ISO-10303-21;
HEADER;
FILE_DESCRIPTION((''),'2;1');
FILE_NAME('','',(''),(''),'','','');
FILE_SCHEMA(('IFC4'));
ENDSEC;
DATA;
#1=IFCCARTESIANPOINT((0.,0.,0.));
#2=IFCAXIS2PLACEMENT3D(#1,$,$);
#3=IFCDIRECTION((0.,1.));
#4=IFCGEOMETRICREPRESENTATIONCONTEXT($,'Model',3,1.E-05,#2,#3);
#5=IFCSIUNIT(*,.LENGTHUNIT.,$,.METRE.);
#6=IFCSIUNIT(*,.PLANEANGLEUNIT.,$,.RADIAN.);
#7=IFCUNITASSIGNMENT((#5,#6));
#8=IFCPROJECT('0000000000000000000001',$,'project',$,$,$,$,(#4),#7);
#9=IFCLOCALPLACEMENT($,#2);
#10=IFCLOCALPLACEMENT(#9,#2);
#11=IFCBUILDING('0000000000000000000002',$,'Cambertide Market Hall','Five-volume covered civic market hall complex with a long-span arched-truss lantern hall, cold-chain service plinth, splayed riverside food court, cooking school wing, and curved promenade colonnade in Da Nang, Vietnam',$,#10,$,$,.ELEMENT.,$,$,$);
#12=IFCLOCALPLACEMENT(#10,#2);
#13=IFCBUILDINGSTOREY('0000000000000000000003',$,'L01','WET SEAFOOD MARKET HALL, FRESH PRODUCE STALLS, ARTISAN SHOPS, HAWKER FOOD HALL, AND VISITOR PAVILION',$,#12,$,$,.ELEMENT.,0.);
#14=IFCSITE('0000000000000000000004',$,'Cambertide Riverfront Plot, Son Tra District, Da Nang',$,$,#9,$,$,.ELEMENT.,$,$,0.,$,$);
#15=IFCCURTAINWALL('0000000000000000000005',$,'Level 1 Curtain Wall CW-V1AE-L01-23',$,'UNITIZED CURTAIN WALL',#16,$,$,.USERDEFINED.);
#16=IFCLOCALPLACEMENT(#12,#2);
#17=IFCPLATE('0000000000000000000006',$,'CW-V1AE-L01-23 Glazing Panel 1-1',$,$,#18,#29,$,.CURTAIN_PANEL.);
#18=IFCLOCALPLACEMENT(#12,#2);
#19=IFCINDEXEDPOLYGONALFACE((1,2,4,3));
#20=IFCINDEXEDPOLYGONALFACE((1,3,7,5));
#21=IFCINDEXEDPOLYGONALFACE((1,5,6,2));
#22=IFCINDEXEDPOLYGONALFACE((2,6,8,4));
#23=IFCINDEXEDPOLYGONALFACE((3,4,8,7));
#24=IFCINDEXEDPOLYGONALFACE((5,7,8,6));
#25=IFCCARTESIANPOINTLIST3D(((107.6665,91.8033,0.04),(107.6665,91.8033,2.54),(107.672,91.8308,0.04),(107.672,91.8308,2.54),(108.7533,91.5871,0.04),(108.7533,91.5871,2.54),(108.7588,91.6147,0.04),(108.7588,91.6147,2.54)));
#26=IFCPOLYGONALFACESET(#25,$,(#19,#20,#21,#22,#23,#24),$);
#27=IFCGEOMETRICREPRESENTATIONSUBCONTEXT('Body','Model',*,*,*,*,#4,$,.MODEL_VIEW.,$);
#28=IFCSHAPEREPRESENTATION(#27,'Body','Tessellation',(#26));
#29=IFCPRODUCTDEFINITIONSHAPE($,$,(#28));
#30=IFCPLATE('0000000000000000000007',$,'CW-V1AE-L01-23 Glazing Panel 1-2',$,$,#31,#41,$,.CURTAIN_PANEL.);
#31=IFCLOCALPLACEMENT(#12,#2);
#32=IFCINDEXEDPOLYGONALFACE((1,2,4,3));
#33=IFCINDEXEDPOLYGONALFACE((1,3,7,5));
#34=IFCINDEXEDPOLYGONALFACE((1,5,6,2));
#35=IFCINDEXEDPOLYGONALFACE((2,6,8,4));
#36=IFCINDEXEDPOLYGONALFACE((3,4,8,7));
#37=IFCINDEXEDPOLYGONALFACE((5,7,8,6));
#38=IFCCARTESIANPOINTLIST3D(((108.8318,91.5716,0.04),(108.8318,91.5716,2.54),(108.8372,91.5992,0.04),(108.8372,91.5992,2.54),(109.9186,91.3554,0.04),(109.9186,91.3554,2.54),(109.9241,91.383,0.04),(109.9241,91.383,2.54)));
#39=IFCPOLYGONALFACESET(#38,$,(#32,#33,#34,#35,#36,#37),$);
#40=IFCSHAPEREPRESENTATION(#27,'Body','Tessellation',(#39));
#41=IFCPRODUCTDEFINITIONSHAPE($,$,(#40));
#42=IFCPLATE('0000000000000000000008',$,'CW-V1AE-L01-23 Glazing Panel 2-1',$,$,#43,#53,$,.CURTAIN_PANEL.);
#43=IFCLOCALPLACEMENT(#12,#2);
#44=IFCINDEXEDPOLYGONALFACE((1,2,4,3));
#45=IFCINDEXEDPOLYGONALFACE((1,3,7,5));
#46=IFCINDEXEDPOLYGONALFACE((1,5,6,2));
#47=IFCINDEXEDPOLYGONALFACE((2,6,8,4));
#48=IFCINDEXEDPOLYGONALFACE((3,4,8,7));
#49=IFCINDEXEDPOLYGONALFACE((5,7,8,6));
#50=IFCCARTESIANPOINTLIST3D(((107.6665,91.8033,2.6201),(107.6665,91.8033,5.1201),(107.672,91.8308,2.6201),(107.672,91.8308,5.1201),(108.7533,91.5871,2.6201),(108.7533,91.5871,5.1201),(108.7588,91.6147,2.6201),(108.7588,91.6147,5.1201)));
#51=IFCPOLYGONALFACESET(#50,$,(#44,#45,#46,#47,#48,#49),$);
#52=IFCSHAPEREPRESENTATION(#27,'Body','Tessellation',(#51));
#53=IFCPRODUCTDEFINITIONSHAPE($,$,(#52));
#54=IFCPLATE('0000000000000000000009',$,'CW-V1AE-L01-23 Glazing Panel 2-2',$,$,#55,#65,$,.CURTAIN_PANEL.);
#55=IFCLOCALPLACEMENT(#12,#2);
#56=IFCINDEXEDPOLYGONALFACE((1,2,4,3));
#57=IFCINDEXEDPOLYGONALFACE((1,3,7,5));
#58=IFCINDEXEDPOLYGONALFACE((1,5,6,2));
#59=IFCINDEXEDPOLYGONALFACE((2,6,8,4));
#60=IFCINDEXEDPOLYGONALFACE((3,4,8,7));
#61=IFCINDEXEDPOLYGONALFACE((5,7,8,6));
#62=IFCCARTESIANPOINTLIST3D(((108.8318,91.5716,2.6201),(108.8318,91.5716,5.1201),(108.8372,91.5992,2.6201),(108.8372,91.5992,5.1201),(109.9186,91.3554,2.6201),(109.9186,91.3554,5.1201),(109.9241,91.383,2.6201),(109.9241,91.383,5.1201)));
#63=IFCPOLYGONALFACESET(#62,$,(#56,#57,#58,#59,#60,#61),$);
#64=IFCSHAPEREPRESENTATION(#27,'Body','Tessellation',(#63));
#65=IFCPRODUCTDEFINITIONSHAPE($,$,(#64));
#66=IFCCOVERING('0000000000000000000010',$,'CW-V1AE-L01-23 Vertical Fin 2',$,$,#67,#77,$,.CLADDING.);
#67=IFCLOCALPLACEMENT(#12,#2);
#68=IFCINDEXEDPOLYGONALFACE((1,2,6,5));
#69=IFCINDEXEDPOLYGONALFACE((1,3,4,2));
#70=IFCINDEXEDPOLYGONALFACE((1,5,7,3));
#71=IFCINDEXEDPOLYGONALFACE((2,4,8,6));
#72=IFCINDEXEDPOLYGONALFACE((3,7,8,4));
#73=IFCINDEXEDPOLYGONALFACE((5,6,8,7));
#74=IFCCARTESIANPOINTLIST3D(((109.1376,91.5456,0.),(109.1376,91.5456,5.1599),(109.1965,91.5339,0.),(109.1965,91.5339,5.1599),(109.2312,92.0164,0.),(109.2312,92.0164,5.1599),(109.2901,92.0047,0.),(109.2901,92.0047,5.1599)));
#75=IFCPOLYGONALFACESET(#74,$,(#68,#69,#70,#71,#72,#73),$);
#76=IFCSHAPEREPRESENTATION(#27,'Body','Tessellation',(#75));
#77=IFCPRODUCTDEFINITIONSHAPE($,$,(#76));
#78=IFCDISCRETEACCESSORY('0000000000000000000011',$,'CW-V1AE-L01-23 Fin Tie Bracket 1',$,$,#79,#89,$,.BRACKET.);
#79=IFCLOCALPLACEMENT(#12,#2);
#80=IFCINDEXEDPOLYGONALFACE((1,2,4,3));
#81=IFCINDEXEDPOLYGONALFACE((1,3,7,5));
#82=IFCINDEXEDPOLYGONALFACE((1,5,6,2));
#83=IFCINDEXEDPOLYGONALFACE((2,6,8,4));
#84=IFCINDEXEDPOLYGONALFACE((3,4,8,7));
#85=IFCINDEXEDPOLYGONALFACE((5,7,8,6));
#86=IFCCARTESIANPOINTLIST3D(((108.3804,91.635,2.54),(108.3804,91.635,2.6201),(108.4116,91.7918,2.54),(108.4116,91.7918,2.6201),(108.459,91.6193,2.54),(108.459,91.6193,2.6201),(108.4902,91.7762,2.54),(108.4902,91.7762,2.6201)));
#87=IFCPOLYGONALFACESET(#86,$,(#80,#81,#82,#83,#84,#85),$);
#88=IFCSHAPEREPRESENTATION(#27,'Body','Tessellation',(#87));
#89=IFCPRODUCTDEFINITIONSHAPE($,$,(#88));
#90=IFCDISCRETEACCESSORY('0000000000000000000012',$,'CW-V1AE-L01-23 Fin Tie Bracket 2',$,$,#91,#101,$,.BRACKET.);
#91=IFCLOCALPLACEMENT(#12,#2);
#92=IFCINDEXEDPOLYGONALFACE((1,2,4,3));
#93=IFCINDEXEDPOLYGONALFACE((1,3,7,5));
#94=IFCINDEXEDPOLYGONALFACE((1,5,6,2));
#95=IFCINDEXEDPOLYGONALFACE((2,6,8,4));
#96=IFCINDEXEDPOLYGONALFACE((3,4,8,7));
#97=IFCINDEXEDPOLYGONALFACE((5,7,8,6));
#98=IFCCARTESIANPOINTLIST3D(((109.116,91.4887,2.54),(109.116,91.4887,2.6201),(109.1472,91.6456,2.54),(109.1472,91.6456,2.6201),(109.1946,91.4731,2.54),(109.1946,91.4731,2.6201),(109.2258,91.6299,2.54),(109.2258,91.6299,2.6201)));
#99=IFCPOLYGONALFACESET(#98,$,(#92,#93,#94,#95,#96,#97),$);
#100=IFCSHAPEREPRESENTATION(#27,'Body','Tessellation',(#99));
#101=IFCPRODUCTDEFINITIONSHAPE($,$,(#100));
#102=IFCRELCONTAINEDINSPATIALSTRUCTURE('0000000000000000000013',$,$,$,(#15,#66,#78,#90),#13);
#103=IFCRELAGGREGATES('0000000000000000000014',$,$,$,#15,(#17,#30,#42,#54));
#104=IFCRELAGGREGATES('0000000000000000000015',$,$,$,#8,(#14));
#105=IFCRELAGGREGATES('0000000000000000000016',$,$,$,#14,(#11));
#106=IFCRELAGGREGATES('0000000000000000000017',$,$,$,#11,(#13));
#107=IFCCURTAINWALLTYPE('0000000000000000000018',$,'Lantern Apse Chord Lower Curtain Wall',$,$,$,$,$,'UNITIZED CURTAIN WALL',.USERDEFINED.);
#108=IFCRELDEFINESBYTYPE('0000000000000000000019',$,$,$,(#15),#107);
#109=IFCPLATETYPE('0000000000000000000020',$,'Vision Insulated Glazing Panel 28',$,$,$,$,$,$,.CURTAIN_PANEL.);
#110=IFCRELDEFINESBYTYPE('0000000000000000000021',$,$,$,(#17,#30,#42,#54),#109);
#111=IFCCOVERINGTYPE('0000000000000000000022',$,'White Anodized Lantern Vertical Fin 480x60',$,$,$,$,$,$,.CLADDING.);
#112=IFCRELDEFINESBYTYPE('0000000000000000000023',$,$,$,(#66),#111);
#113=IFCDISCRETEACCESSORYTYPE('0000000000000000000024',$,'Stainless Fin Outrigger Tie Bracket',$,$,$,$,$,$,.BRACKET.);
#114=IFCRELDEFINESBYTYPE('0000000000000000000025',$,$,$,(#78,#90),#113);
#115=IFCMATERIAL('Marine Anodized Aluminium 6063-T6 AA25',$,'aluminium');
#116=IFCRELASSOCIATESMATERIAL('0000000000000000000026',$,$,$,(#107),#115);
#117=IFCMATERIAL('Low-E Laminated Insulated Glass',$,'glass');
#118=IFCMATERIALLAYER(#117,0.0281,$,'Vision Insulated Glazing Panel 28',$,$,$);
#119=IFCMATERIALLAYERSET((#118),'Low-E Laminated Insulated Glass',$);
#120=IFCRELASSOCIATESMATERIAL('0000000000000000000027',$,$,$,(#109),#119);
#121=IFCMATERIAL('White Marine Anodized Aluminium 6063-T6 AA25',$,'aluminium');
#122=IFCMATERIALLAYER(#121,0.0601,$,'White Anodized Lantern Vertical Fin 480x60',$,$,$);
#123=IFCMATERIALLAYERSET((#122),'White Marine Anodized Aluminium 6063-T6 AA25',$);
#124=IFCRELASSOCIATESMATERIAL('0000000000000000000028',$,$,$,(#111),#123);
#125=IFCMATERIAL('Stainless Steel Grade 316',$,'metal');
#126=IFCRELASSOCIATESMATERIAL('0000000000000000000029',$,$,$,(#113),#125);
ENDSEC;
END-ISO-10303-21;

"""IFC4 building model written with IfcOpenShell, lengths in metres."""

from ifc_helpers import new_model, si_unit, direction, frame, origin, origin_2d, place, context, subcontext, project, spatial, rectangle, extrude, material, layer, layer_set, type_object, element, aggregate, save


model = new_model("IFC4")

# Units and contexts
model_context = context("Model", 3, precision=1e-05, world=origin(), true_north=direction((0.0, 1.0)))
body_context = subcontext(model_context, "Body", "Model", "MODEL_VIEW")
ifc_project = project(units=[si_unit("LENGTHUNIT", "METRE"), si_unit("PLANEANGLEUNIT", "RADIAN")], contexts=[model_context])

# Site, building, storey
site_placement = place(None, origin())
site = spatial("IfcSite", under=ifc_project, at=site_placement, Name="Cambertide Riverfront Plot, Son Tra District, Da Nang", CompositionType="ELEMENT", RefElevation=0.0)
building_placement = place(site_placement, origin())
building = spatial("IfcBuilding", under=site, at=building_placement, Name="Cambertide Market Hall", Description="Five-volume covered civic market hall complex with a long-span arched-truss lantern hall, cold-chain service plinth, splayed riverside food court, cooking school wing, and curved promenade colonnade in Da Nang, Vietnam", CompositionType="ELEMENT")
storey_placement = place(building_placement, origin())
storey = spatial("IfcBuildingStorey", under=building, at=storey_placement, Name="L01", Description="WET SEAFOOD MARKET HALL, FRESH PRODUCE STALLS, ARTISAN SHOPS, HAWKER FOOD HALL, AND VISITOR PAVILION", CompositionType="ELEMENT", Elevation=0.0)

# Shared definitions
ifc_material_1 = material(Name="Marine Anodized Aluminium 6063-T6 AA25", Category="aluminium")
curtain_wall_type = type_object("IfcCurtainWallType", Name="Lantern Apse Chord Lower Curtain Wall", ElementType="UNITIZED CURTAIN WALL", PredefinedType="USERDEFINED", material=ifc_material_1)

# Curtain wall
curtain_wall_1_placement = place(storey_placement, origin())
curtain_wall_1 = element("IfcCurtainWall", 1, at=curtain_wall_1_placement, inside=storey, type_object=curtain_wall_type, Name="Level 1 Curtain Wall CW-V1AE-L01-23", ObjectType="UNITIZED CURTAIN WALL", PredefinedType="USERDEFINED")

# Plates
ifc_material_2 = material(Name="Low-E Laminated Insulated Glass", Category="glass")
ifc_layer_1 = layer(ifc_material_2, 0.0281, Name="Vision Insulated Glazing Panel 28")
ifc_layer_set_1 = layer_set([ifc_layer_1], Name="Low-E Laminated Insulated Glass")
plate_type = type_object("IfcPlateType", Name="Vision Insulated Glazing Panel 28", PredefinedType="CURTAIN_PANEL", material=ifc_layer_set_1)
plate_1_placement = place(storey_placement, frame((108.2126, 91.709, 0.04), z_axis=(0.0, 0.0, 1.0), x_axis=(0.980785, -0.19509, 0.0)))
plate_1 = element("IfcPlate", 2, at=plate_1_placement, type_object=plate_type, Name="CW-V1AE-L01-23 Glazing Panel 1-1", PredefinedType="CURTAIN_PANEL", context=body_context, shape_type="SweptSolid", body=[
    extrude(rectangle(XDim=1.1082, YDim=0.0281, at=origin_2d()), origin(), (0.0, 0.0, 1.0), 2.5),
])
plate_2_placement = place(storey_placement, frame((109.3779, 91.4773, 0.04), z_axis=(0.0, 0.0, 1.0), x_axis=(0.980785, -0.19509, 0.0)))
plate_2 = element("IfcPlate", 3, at=plate_2_placement, type_object=plate_type, Name="CW-V1AE-L01-23 Glazing Panel 1-2", PredefinedType="CURTAIN_PANEL", context=body_context, shape_type="SweptSolid", body=[
    extrude(rectangle(XDim=1.1082, YDim=0.0281, at=origin_2d()), origin(), (0.0, 0.0, 1.0), 2.5),
])
plate_3_placement = place(storey_placement, frame((108.2126, 91.709, 2.6201), z_axis=(0.0, 0.0, 1.0), x_axis=(0.980785, -0.19509, 0.0)))
plate_3 = element("IfcPlate", 4, at=plate_3_placement, type_object=plate_type, Name="CW-V1AE-L01-23 Glazing Panel 2-1", PredefinedType="CURTAIN_PANEL", context=body_context, shape_type="SweptSolid", body=[
    extrude(rectangle(XDim=1.1082, YDim=0.0281, at=origin_2d()), origin(), (0.0, 0.0, 1.0), 2.5),
])
plate_4_placement = place(storey_placement, frame((109.3779, 91.4773, 2.6201), z_axis=(0.0, 0.0, 1.0), x_axis=(0.980785, -0.19509, 0.0)))
plate_4 = element("IfcPlate", 5, at=plate_4_placement, type_object=plate_type, Name="CW-V1AE-L01-23 Glazing Panel 2-2", PredefinedType="CURTAIN_PANEL", context=body_context, shape_type="SweptSolid", body=[
    extrude(rectangle(XDim=1.1082, YDim=0.0281, at=origin_2d()), origin(), (0.0, 0.0, 1.0), 2.5),
])
aggregate(curtain_wall_1, [plate_1, plate_2, plate_3, plate_4])

# Covering
ifc_material_3 = material(Name="White Marine Anodized Aluminium 6063-T6 AA25", Category="aluminium")
ifc_layer_2 = layer(ifc_material_3, 0.0601, Name="White Anodized Lantern Vertical Fin 480x60")
ifc_layer_set_2 = layer_set([ifc_layer_2], Name="White Marine Anodized Aluminium 6063-T6 AA25")
covering_type = type_object("IfcCoveringType", Name="White Anodized Lantern Vertical Fin 480x60", PredefinedType="CLADDING", material=ifc_layer_set_2)
covering_placement = place(storey_placement, frame((109.2139, 91.7751, 0.0), z_axis=(0.0, 0.0, 1.0), x_axis=(0.980785, -0.19509, 0.0)))
element("IfcCovering", 6, at=covering_placement, inside=storey, type_object=covering_type, Name="CW-V1AE-L01-23 Vertical Fin 2", PredefinedType="CLADDING", context=body_context, shape_type="SweptSolid", body=[
    extrude(rectangle(XDim=0.0601, YDim=0.48, at=origin_2d()), origin(), (0.0, 0.0, 1.0), 5.1599),
])

# Discrete accessories
ifc_material_4 = material(Name="Stainless Steel Grade 316", Category="metal")
discrete_accessory_type = type_object("IfcDiscreteAccessoryType", Name="Stainless Fin Outrigger Tie Bracket", PredefinedType="BRACKET", material=ifc_material_4)
for number, where, z_axis, x_axis, name in (
    (7, (108.4353, 91.7056, 2.54), (0.0, 0.0, 1.0), (0.980785, -0.19509, 0.0), "CW-V1AE-L01-23 Fin Tie Bracket 1"),
    (8, (109.1709, 91.5593, 2.54), (0.0, 0.0, 1.0), (0.980785, -0.19509, 0.0), "CW-V1AE-L01-23 Fin Tie Bracket 2"),
):
    element("IfcDiscreteAccessory", number, at=place(storey_placement, frame(where, z_axis=z_axis, x_axis=x_axis)), inside=storey, type_object=discrete_accessory_type, Name=name, PredefinedType="BRACKET", context=body_context, shape_type="SweptSolid", body=[
        extrude(rectangle(XDim=0.0801, YDim=0.1599, at=origin_2d()), origin(), (0.0, 0.0, 1.0), 0.0801),
    ])

save(model, "model.ifc")
